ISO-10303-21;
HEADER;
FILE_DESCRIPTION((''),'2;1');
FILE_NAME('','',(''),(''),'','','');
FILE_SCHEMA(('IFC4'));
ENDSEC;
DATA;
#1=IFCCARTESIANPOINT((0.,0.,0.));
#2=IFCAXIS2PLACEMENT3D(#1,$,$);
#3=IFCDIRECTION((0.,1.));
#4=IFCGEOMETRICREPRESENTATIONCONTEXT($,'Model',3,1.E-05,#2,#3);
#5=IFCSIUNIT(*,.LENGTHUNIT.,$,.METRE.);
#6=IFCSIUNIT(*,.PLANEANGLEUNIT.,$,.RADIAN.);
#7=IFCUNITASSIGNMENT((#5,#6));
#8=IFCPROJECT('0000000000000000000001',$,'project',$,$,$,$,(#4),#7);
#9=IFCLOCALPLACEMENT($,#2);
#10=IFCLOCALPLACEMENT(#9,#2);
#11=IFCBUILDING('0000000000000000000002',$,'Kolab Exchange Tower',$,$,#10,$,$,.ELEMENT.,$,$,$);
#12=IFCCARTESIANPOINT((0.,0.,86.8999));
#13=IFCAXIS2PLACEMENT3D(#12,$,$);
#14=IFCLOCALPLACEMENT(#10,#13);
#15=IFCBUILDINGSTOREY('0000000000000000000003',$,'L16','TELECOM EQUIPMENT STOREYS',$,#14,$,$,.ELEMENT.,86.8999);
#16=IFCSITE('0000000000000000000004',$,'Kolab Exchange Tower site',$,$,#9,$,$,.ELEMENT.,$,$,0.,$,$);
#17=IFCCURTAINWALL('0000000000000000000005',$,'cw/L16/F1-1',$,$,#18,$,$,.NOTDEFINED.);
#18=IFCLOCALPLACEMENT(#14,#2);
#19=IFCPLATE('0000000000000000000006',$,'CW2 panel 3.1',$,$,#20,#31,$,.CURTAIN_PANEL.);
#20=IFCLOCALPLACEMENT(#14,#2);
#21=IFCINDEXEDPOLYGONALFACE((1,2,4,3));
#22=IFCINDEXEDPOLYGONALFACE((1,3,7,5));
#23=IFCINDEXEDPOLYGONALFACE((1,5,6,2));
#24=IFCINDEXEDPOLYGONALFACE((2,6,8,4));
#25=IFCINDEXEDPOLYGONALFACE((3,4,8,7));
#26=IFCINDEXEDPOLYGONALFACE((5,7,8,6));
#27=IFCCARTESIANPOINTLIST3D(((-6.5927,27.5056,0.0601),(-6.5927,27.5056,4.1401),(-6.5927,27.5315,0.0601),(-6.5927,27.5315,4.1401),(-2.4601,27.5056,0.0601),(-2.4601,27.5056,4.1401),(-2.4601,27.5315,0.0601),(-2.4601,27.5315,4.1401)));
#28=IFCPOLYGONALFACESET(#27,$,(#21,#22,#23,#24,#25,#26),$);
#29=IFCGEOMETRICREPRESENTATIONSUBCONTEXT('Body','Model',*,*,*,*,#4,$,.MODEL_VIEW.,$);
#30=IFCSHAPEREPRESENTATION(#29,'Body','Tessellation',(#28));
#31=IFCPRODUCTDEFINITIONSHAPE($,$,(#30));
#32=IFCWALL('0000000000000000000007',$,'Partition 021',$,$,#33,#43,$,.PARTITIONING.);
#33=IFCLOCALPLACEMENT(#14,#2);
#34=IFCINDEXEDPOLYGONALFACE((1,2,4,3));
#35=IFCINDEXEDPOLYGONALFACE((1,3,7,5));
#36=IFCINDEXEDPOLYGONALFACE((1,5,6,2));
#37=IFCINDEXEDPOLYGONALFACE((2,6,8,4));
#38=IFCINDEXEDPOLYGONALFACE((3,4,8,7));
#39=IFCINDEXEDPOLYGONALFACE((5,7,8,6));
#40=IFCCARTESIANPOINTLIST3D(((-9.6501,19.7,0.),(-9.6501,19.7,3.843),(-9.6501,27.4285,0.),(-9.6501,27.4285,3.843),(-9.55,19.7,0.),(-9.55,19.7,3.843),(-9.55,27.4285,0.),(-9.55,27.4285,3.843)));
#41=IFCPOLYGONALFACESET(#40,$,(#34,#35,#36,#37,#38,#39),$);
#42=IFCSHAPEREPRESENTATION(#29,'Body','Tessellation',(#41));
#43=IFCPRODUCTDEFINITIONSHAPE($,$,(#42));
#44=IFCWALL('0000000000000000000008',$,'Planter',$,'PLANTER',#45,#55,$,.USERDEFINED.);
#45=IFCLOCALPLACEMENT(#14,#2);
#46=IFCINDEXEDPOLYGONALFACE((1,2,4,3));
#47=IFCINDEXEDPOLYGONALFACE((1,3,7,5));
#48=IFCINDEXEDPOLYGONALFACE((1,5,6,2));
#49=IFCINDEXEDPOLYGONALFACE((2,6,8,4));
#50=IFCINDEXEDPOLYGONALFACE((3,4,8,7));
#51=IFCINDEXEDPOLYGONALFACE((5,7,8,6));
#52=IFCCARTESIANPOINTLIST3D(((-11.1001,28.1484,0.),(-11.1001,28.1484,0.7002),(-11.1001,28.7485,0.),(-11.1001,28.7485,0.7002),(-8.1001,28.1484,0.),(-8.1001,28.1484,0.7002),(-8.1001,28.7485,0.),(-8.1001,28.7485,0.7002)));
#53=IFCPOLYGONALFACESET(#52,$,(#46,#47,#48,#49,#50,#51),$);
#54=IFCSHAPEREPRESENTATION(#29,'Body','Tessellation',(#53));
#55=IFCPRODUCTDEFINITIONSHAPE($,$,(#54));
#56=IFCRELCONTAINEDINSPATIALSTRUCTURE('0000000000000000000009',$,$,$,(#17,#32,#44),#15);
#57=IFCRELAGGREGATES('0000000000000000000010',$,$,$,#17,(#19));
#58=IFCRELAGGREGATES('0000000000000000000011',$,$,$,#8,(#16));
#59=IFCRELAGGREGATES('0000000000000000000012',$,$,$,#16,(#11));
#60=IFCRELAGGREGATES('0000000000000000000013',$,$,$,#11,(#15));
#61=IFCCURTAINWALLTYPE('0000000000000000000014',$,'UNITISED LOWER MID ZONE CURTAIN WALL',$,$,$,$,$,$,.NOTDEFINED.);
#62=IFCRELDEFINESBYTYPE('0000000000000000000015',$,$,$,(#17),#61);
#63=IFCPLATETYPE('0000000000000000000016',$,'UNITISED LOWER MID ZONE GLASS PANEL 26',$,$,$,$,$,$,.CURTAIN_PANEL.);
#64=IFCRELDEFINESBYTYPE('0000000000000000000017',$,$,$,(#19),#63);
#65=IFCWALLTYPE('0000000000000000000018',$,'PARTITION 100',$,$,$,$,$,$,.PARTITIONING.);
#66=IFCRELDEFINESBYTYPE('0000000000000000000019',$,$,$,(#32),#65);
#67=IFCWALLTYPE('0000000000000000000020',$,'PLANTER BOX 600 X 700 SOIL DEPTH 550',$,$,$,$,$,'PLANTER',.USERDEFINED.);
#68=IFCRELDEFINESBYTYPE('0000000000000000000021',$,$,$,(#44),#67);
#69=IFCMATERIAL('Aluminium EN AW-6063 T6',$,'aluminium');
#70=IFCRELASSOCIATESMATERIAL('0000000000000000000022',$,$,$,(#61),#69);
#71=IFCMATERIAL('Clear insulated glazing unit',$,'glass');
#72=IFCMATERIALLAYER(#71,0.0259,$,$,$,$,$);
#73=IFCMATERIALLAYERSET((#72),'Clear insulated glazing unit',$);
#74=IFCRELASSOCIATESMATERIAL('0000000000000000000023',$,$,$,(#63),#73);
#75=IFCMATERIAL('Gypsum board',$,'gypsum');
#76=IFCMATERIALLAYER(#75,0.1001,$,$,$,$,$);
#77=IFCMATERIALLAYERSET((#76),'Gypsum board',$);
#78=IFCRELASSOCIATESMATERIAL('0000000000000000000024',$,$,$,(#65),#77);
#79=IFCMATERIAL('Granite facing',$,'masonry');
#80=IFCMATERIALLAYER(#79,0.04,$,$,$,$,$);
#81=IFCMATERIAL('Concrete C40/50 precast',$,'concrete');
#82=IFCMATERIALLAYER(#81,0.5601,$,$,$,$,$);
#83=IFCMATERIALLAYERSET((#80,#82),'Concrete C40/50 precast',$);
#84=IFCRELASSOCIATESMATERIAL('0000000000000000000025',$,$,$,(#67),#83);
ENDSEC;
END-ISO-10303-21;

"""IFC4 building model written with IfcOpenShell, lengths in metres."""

from ifc_helpers import new_model, si_unit, direction, frame, frame_2d, origin, origin_2d, place, context, subcontext, project, spatial, rectangle, extrude, material, layer, layer_set, type_object, element, aggregate, save


model = new_model("IFC4")

# Units and contexts
model_context = context("Model", 3, precision=1e-05, world=origin(), true_north=direction((0.0, 1.0)))
body_context = subcontext(model_context, "Body", "Model", "MODEL_VIEW")
ifc_project = project(units=[si_unit("LENGTHUNIT", "METRE"), si_unit("PLANEANGLEUNIT", "RADIAN")], contexts=[model_context])

# Site, building, storey
site_placement = place(None, origin())
site = spatial("IfcSite", under=ifc_project, at=site_placement, Name="Kolab Exchange Tower site", CompositionType="ELEMENT", RefElevation=0.0)
building_placement = place(site_placement, origin())
building = spatial("IfcBuilding", under=site, at=building_placement, Name="Kolab Exchange Tower", CompositionType="ELEMENT")
storey_placement = place(building_placement, frame((0.0, 0.0, 86.8999)))
storey = spatial("IfcBuildingStorey", under=building, at=storey_placement, Name="L16", Description="TELECOM EQUIPMENT STOREYS", CompositionType="ELEMENT", Elevation=86.8999)

# Curtain wall, plate
ifc_material_1 = material(Name="Aluminium EN AW-6063 T6", Category="aluminium")
curtain_wall_type = type_object("IfcCurtainWallType", Name="UNITISED LOWER MID ZONE CURTAIN WALL", PredefinedType="NOTDEFINED", material=ifc_material_1)
curtain_wall_placement = place(storey_placement, origin())
curtain_wall = element("IfcCurtainWall", 1, at=curtain_wall_placement, inside=storey, type_object=curtain_wall_type, Name="cw/L16/F1-1", PredefinedType="NOTDEFINED")
ifc_material_2 = material(Name="Clear insulated glazing unit", Category="glass")
ifc_layer_1 = layer(ifc_material_2, 0.0259)
ifc_layer_set_1 = layer_set([ifc_layer_1], Name="Clear insulated glazing unit")
plate_type = type_object("IfcPlateType", Name="UNITISED LOWER MID ZONE GLASS PANEL 26", PredefinedType="CURTAIN_PANEL", material=ifc_layer_set_1)
plate_1_placement = place(storey_placement, frame((-4.5264, 27.5186, 0.0601), z_axis=(0.0, 0.0, 1.0), x_axis=(1.0, 0.0, 0.0)))
plate_1 = element("IfcPlate", 2, at=plate_1_placement, type_object=plate_type, Name="CW2 panel 3.1", PredefinedType="CURTAIN_PANEL", context=body_context, shape_type="SweptSolid", body=[
    extrude(rectangle(XDim=4.1326, YDim=0.0259, at=origin_2d()), origin(), (0.0, 0.0, 1.0), 4.0801),
])
aggregate(curtain_wall, [plate_1])

# Walls
ifc_material_3 = material(Name="Gypsum board", Category="gypsum")
ifc_layer_2 = layer(ifc_material_3, 0.1001)
ifc_layer_set_2 = layer_set([ifc_layer_2], Name="Gypsum board")
wall_type_1 = type_object("IfcWallType", Name="PARTITION 100", PredefinedType="PARTITIONING", material=ifc_layer_set_2)
wall_1_placement = place(storey_placement, frame((-9.6001, 19.7, 0.0), z_axis=(0.0, 0.0, 1.0), x_axis=(0.0, 1.0, 0.0)))
element("IfcWall", 3, at=wall_1_placement, inside=storey, type_object=wall_type_1, Name="Partition 021", PredefinedType="PARTITIONING", context=body_context, shape_type="SweptSolid", body=[
    extrude(rectangle(XDim=7.7285, YDim=0.1001, at=frame_2d((3.8643, 0.0))), origin(), (0.0, 0.0, 1.0), 3.843),
])
ifc_material_4 = material(Name="Granite facing", Category="masonry")
ifc_layer_3 = layer(ifc_material_4, 0.04)
ifc_material_5 = material(Name="Concrete C40/50 precast", Category="concrete")
ifc_layer_4 = layer(ifc_material_5, 0.5601)
ifc_layer_set_3 = layer_set([ifc_layer_3, ifc_layer_4], Name="Concrete C40/50 precast")
wall_type_2 = type_object("IfcWallType", Name="PLANTER BOX 600 X 700 SOIL DEPTH 550", ElementType="PLANTER", PredefinedType="USERDEFINED", material=ifc_layer_set_3)
wall_2_placement = place(storey_placement, frame((-11.1001, 28.4485, 0.0), z_axis=(0.0, 0.0, 1.0), x_axis=(1.0, 0.0, 0.0)))
element("IfcWall", 4, at=wall_2_placement, inside=storey, type_object=wall_type_2, Name="Planter", ObjectType="PLANTER", PredefinedType="USERDEFINED", context=body_context, shape_type="SweptSolid", body=[
    extrude(rectangle(XDim=3.0, YDim=0.6001, at=frame_2d((1.5, 0.0))), origin(), (0.0, 0.0, 1.0), 0.7002),
])

save(model, "model.ifc")
